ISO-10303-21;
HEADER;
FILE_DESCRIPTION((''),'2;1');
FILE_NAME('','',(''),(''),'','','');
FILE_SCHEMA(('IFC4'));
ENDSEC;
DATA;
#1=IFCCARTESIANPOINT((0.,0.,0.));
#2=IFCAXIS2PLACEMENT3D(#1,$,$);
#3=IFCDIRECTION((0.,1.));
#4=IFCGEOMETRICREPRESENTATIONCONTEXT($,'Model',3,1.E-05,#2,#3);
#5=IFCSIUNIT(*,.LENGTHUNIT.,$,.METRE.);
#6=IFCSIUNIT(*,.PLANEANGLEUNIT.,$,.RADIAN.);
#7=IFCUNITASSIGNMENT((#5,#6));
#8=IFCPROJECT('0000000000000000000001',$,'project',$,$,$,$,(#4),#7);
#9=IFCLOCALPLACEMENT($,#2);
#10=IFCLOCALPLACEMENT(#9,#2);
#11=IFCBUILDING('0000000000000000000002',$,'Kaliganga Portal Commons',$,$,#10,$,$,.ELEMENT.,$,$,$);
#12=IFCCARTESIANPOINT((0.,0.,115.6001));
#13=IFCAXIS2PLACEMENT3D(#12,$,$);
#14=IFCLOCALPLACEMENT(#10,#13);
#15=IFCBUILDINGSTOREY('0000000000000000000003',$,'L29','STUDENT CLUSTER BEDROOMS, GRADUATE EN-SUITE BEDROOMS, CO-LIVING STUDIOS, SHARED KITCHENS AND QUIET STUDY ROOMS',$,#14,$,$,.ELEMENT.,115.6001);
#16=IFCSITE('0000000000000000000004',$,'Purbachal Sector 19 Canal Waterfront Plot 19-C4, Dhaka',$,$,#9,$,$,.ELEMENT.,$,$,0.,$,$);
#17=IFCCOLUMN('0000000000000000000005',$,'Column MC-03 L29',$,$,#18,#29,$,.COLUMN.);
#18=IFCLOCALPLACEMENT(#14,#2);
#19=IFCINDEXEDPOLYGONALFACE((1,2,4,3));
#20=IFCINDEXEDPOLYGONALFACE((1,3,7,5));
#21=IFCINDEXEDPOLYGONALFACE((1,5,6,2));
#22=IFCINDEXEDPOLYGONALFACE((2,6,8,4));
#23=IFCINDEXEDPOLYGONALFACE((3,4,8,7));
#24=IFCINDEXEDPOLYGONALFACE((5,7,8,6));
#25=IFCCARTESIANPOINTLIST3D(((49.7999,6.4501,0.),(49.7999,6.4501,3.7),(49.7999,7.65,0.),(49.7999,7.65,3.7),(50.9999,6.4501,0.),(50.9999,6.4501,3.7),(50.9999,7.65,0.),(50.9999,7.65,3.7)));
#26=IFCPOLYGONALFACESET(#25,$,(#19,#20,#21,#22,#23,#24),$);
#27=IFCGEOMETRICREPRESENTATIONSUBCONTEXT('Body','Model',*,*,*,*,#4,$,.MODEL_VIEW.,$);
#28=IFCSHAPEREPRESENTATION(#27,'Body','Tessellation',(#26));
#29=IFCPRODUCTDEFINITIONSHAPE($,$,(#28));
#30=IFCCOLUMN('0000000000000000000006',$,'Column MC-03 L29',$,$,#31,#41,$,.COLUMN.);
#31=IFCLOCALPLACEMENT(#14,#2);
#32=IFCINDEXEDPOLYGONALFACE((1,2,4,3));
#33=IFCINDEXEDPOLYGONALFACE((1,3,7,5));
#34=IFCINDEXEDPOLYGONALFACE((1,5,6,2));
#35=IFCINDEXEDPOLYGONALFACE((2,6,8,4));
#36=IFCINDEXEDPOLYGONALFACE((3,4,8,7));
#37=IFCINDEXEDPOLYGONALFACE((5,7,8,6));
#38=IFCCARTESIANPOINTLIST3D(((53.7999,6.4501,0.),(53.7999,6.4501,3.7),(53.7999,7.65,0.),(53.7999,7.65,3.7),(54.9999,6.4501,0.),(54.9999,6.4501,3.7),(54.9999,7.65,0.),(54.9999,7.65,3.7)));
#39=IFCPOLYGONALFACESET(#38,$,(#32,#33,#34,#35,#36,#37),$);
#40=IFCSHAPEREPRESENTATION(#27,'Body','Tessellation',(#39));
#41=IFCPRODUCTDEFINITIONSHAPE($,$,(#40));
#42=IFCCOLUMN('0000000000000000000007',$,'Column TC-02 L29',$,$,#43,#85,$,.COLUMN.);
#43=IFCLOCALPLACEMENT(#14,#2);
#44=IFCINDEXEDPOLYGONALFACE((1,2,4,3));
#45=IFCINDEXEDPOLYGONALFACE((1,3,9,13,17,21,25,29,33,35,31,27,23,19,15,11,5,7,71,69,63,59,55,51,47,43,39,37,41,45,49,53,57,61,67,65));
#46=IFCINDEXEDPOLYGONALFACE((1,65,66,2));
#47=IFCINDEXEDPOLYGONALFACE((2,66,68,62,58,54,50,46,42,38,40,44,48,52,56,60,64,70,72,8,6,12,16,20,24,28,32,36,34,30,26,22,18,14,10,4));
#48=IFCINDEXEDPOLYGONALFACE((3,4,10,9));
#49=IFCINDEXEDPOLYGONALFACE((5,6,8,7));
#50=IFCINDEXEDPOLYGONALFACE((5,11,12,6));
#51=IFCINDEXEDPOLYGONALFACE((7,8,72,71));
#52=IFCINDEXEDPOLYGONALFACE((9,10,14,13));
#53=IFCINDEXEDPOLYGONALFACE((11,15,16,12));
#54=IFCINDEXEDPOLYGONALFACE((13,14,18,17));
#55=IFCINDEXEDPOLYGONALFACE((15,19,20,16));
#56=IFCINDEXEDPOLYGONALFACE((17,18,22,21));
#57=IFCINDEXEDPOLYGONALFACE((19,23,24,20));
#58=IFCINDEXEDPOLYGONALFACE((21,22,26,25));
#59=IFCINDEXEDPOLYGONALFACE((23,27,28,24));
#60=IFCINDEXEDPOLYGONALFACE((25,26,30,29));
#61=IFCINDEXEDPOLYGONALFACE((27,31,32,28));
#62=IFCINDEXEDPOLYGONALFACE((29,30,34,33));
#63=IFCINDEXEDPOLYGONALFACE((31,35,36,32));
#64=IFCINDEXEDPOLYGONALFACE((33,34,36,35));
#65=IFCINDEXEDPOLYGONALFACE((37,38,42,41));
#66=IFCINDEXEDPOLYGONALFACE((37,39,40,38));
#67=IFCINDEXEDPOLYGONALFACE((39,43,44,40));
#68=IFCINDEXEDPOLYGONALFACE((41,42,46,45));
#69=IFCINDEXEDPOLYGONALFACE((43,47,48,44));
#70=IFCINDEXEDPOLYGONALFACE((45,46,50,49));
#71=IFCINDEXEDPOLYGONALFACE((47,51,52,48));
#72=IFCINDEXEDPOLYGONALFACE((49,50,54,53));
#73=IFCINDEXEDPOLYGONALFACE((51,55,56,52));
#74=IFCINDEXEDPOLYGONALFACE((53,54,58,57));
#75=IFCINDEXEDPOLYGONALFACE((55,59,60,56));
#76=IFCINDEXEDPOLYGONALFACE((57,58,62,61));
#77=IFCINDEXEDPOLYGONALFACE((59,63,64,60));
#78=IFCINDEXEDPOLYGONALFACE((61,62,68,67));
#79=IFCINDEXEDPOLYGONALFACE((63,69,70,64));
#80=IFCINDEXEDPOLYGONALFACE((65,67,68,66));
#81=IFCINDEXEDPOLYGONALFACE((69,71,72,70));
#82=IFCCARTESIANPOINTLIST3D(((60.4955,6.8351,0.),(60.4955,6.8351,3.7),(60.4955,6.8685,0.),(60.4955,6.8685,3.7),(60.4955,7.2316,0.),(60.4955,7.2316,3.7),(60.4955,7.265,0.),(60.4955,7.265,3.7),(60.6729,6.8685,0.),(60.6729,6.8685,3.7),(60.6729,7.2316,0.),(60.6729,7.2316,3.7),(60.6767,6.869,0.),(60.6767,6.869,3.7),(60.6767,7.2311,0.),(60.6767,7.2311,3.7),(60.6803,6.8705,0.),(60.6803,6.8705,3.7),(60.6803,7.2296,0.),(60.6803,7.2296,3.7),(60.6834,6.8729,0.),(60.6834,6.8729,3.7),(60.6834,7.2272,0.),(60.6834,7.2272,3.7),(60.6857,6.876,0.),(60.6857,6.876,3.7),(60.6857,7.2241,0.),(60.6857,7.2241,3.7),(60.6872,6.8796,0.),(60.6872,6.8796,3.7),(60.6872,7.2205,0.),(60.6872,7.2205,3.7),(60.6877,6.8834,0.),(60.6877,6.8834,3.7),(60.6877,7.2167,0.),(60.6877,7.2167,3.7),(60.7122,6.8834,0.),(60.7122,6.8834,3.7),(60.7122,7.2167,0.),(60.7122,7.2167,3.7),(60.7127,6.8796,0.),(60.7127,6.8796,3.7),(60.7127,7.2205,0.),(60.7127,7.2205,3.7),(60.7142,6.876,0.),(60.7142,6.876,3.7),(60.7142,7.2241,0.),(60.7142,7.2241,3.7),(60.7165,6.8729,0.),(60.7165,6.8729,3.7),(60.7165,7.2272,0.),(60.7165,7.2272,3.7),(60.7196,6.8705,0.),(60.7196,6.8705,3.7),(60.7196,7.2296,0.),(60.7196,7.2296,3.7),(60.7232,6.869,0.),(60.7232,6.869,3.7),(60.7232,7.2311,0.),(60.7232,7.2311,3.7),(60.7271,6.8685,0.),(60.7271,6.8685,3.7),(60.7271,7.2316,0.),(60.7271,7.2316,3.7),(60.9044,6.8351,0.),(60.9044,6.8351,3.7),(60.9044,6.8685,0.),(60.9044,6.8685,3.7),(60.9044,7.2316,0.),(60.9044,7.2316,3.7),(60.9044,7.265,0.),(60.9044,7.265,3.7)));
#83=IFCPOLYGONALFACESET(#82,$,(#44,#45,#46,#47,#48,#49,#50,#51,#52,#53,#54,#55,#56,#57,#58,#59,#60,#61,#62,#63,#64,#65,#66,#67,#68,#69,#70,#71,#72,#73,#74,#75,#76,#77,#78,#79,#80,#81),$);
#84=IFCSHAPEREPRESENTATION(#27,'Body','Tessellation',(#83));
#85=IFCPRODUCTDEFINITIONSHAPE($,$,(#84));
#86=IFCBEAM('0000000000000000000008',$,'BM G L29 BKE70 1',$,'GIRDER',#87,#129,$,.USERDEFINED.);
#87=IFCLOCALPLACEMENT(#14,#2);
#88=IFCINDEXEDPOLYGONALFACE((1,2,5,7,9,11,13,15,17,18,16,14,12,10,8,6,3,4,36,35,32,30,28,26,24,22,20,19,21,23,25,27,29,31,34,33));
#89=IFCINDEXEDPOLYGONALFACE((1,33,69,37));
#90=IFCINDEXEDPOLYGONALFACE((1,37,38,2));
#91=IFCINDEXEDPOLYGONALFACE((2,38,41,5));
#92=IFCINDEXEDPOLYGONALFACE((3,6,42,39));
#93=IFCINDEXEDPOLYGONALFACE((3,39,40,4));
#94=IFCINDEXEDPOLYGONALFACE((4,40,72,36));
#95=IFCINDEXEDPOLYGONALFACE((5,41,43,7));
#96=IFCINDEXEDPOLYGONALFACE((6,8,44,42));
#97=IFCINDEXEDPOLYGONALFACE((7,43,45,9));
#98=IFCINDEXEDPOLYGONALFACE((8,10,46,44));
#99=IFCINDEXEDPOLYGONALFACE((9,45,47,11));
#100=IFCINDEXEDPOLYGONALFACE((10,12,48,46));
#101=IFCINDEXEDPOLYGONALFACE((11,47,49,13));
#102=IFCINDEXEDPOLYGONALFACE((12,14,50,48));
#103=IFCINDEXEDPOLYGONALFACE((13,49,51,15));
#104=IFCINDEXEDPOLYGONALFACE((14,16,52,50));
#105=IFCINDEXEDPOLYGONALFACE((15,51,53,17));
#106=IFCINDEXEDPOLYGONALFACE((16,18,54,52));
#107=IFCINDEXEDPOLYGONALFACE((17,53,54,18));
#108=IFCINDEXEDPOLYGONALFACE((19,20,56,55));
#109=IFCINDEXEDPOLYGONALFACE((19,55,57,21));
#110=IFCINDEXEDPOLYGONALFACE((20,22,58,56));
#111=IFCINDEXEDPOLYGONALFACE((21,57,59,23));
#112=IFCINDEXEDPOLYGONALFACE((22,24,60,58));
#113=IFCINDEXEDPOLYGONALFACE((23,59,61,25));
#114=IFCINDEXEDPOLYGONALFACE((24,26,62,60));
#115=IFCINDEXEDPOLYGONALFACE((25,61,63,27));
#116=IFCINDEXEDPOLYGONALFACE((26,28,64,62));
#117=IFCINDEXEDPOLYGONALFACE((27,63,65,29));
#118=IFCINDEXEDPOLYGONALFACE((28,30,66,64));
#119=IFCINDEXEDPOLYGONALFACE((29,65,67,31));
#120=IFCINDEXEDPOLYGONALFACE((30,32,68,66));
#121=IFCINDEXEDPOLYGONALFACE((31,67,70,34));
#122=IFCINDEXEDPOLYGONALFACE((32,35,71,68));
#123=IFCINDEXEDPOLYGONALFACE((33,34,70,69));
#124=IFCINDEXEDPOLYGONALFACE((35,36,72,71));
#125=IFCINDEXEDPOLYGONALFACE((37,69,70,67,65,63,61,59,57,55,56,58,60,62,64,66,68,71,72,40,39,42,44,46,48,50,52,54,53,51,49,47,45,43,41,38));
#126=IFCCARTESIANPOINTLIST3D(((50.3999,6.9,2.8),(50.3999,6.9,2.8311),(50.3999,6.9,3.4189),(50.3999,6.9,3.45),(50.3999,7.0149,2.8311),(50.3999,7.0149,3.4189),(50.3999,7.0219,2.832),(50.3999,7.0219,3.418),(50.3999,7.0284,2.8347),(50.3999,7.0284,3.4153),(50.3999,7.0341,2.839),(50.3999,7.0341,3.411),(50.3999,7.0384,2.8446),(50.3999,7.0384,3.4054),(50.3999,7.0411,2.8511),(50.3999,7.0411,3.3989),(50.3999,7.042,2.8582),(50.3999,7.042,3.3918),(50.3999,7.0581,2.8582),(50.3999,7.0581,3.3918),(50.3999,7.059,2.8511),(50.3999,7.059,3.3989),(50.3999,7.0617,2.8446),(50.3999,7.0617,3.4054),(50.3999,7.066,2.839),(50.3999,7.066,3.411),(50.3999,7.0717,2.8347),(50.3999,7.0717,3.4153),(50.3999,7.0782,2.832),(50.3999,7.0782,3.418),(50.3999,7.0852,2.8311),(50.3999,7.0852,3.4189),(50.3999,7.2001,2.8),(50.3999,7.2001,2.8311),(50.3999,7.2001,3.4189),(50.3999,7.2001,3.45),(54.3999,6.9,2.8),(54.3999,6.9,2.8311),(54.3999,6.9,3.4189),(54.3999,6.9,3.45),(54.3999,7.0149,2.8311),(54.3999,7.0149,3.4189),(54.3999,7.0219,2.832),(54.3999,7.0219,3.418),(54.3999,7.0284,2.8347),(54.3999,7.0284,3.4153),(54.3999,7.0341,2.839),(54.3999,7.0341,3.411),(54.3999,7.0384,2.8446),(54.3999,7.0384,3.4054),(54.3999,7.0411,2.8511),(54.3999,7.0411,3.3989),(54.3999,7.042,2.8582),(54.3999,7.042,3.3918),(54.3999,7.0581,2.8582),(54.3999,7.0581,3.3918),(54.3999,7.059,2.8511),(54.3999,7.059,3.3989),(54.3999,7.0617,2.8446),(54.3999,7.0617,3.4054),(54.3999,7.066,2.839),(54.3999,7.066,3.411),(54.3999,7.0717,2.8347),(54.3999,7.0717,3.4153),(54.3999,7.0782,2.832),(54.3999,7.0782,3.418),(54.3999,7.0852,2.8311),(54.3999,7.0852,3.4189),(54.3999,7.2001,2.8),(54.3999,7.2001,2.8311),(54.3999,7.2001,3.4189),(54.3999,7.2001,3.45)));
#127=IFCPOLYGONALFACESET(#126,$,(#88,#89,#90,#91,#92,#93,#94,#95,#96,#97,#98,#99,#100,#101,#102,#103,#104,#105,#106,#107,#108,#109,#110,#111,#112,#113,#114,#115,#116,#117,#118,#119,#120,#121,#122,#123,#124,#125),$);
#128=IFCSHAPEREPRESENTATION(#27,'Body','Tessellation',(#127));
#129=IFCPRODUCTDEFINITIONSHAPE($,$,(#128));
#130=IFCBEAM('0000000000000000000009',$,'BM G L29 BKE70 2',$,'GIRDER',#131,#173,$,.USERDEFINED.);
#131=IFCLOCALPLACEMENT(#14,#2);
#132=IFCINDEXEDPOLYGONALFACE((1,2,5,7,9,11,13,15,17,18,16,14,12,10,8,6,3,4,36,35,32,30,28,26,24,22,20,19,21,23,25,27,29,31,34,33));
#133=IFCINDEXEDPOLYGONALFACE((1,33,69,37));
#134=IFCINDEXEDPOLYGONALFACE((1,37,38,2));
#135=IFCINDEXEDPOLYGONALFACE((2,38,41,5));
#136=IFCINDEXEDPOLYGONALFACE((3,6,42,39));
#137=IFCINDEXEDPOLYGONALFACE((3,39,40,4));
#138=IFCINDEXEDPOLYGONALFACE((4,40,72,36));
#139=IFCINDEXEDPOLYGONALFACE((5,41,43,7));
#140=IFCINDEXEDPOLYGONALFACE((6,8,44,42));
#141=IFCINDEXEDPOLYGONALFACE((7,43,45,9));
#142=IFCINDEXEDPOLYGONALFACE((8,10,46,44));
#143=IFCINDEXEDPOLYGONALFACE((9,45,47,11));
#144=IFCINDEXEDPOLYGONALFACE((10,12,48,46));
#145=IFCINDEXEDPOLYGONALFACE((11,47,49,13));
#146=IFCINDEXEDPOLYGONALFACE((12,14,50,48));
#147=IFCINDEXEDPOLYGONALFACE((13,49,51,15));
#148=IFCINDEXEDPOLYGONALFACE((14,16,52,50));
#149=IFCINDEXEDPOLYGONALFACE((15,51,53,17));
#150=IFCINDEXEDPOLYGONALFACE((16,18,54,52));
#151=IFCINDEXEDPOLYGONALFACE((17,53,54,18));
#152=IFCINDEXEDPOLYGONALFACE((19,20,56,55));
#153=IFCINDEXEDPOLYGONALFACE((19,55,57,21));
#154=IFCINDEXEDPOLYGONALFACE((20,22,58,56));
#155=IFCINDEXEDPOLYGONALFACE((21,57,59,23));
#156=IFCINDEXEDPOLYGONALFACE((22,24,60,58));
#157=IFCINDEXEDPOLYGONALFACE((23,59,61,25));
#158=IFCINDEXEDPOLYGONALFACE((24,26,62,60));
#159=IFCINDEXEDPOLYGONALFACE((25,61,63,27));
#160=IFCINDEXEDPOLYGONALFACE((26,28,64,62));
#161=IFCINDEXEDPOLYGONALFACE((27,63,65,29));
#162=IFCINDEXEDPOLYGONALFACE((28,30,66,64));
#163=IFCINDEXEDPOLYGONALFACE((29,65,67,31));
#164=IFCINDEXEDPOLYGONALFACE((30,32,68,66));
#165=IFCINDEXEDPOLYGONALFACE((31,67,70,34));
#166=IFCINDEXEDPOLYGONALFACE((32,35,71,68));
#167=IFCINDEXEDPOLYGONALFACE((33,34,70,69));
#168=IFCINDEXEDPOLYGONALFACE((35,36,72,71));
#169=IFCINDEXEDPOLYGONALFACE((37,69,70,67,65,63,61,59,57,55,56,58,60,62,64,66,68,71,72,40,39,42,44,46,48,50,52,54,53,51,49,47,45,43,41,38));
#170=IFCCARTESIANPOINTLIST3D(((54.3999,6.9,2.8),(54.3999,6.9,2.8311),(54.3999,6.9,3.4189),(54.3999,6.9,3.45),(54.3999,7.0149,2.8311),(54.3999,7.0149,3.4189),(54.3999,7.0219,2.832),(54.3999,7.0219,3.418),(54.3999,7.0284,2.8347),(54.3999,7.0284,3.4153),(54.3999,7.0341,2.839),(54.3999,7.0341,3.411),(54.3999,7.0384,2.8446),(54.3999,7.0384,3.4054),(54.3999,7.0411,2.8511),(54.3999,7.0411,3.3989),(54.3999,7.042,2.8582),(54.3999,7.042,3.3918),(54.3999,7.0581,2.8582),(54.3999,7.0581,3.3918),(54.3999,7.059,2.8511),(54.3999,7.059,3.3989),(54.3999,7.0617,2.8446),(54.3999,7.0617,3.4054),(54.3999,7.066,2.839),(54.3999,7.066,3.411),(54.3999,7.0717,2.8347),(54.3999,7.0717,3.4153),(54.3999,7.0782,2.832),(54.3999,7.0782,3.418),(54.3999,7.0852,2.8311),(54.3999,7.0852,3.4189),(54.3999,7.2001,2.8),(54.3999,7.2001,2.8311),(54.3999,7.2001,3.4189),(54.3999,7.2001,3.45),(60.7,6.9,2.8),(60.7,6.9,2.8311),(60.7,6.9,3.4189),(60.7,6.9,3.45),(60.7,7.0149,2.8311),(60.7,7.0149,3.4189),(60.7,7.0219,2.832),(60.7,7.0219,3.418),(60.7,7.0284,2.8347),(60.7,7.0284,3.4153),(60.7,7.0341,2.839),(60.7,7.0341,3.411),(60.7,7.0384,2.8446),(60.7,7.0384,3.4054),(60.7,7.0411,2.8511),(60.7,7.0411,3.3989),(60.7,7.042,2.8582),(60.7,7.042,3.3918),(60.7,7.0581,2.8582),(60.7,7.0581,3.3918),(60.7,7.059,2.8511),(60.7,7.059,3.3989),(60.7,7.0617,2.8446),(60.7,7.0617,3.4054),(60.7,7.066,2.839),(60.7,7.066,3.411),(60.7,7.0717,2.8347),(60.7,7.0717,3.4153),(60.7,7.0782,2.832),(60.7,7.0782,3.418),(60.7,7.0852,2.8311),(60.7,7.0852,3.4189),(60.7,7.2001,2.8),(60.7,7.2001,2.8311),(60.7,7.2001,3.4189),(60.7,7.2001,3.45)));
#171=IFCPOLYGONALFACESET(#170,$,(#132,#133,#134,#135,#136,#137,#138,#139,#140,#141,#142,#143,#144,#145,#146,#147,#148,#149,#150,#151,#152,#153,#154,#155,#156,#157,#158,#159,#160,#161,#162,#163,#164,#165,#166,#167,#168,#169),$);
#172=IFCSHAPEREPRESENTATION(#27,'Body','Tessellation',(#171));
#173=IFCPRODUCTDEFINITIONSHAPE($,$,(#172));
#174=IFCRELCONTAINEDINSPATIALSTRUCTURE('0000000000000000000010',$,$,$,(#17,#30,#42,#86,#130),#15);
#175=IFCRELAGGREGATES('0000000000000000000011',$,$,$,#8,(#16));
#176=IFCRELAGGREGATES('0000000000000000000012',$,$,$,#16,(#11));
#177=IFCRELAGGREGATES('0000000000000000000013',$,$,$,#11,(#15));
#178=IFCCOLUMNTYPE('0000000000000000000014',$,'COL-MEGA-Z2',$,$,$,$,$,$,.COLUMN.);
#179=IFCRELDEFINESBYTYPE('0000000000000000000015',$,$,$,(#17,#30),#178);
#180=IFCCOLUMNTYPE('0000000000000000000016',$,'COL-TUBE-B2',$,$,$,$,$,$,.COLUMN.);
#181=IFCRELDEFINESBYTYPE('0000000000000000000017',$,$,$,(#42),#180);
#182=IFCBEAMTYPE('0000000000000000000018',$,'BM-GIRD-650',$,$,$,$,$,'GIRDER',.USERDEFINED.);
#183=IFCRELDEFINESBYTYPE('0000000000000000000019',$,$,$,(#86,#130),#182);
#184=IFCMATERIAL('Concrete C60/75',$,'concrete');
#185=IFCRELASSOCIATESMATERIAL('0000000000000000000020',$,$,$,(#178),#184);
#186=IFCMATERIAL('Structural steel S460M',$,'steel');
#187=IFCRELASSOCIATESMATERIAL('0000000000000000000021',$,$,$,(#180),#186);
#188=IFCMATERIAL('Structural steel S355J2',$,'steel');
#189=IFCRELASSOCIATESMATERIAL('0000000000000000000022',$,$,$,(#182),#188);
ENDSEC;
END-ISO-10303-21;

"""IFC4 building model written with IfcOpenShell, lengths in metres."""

from ifc_helpers import new_model, si_unit, direction, frame, origin, origin_2d, place, context, subcontext, project, spatial, rectangle, i_section, extrude, source, transform, mapped, material, material_profile, profile_set, type_object, element, save


model = new_model("IFC4")

# Units and contexts
model_context = context("Model", 3, precision=1e-05, world=origin(), true_north=direction((0.0, 1.0)))
body_context = subcontext(model_context, "Body", "Model", "MODEL_VIEW")
ifc_project = project(units=[si_unit("LENGTHUNIT", "METRE"), si_unit("PLANEANGLEUNIT", "RADIAN")], contexts=[model_context])

# Site, building, storey
site_placement = place(None, origin())
site = spatial("IfcSite", under=ifc_project, at=site_placement, Name="Purbachal Sector 19 Canal Waterfront Plot 19-C4, Dhaka", CompositionType="ELEMENT", RefElevation=0.0)
building_placement = place(site_placement, origin())
building = spatial("IfcBuilding", under=site, at=building_placement, Name="Kaliganga Portal Commons", CompositionType="ELEMENT")
storey_placement = place(building_placement, frame((0.0, 0.0, 115.6001)))
storey = spatial("IfcBuildingStorey", under=building, at=storey_placement, Name="L29", Description="STUDENT CLUSTER BEDROOMS, GRADUATE EN-SUITE BEDROOMS, CO-LIVING STUDIOS, SHARED KITCHENS AND QUIET STUDY ROOMS", CompositionType="ELEMENT", Elevation=115.6001)

# Columns
ifc_material_1 = material(Name="Concrete C60/75", Category="concrete")
ifc_material_profile_1 = material_profile(ifc_material_1, rectangle(XDim=1.2, YDim=1.2, at=origin_2d()), Name="RC 1200x1200")
ifc_profile_set_1 = profile_set([ifc_material_profile_1], Name="Concrete C60/75")
column_type_1 = type_object("IfcColumnType", Name="COL-MEGA-Z2", PredefinedType="COLUMN", material=ifc_profile_set_1)
shared_shape_1 = source(origin(), body_context, "Body", "SweptSolid", [
    extrude(rectangle(XDim=1.2, YDim=1.2, at=origin_2d()), origin(), (0.0, 0.0, 1.0), 3.7),
])
for number, where, z_axis, x_axis, name in (
    (1, (50.3999, 7.05, 0.0), (0.0, 0.0, 1.0), (1.0, 0.0, 0.0), "Column MC-03 L29"),
    (2, (54.3999, 7.05, 0.0), (0.0, 0.0, 1.0), (1.0, 0.0, 0.0), "Column MC-03 L29"),
):
    element("IfcColumn", number, at=place(storey_placement, frame(where, z_axis=z_axis, x_axis=x_axis)), inside=storey, type_object=column_type_1, Name=name, PredefinedType="COLUMN", context=body_context, shape_type="MappedRepresentation", body=[
        mapped(shared_shape_1, transform((0.0, 0.0, 0.0), x_axis=(1.0, 0.0, 0.0), y_axis=(0.0, 1.0, 0.0), z_axis=(0.0, 0.0, 1.0), scale=1.0)),
    ])
ifc_material_2 = material(Name="Structural steel S460M", Category="steel")
ifc_material_profile_2 = material_profile(ifc_material_2, i_section(OverallWidth=0.4089, OverallDepth=0.4299, WebThickness=0.0244, FlangeThickness=0.0334, FilletRadius=0.0149, at=origin_2d()), Name="HD 400x421")
ifc_profile_set_2 = profile_set([ifc_material_profile_2], Name="Structural steel S460M wide-flange")
column_type_2 = type_object("IfcColumnType", Name="COL-TUBE-B2", PredefinedType="COLUMN", material=ifc_profile_set_2)
shared_shape_2 = source(origin(), body_context, "Body", "SweptSolid", [
    extrude(i_section(OverallWidth=0.4089, OverallDepth=0.4299, WebThickness=0.0244, FlangeThickness=0.0334, FilletRadius=0.0149, at=origin_2d()), origin(), (0.0, 0.0, 1.0), 3.7),
])
column_placement = place(storey_placement, frame((60.7, 7.05, 0.0), z_axis=(0.0, 0.0, 1.0), x_axis=(1.0, 0.0, 0.0)))
element("IfcColumn", 3, at=column_placement, inside=storey, type_object=column_type_2, Name="Column TC-02 L29", PredefinedType="COLUMN", context=body_context, shape_type="MappedRepresentation", body=[
    mapped(shared_shape_2, transform((0.0, 0.0, 0.0), x_axis=(1.0, 0.0, 0.0), y_axis=(0.0, 1.0, 0.0), z_axis=(0.0, 0.0, 1.0), scale=1.0)),
])

# Beams
ifc_material_3 = material(Name="Structural steel S355J2", Category="steel")
ifc_material_profile_3 = material_profile(ifc_material_3, i_section(OverallWidth=0.3, OverallDepth=0.6499, WebThickness=0.0161, FlangeThickness=0.031, FilletRadius=0.0271, at=origin_2d()), Name="HE 650 B")
ifc_profile_set_3 = profile_set([ifc_material_profile_3], Name="Structural steel S355J2 wide-flange")
beam_type_1 = type_object("IfcBeamType", Name="BM-GIRD-650", ElementType="GIRDER", PredefinedType="USERDEFINED", material=ifc_profile_set_3)
shared_shape_3 = source(origin(), body_context, "Body", "SweptSolid", [
    extrude(i_section(OverallWidth=0.3, OverallDepth=0.6499, WebThickness=0.0161, FlangeThickness=0.031, FilletRadius=0.0271, at=origin_2d()), origin(), (0.0, 0.0, 1.0), 4.0),
])
beam_1_placement = place(storey_placement, frame((50.3999, 7.05, 3.125), z_axis=(1.0, 0.0, 0.0), x_axis=(0.0, 1.0, 0.0)))
element("IfcBeam", 4, at=beam_1_placement, inside=storey, type_object=beam_type_1, Name="BM G L29 BKE70 1", ObjectType="GIRDER", PredefinedType="USERDEFINED", context=body_context, shape_type="MappedRepresentation", body=[
    mapped(shared_shape_3, transform((0.0, 0.0, 0.0), x_axis=(1.0, 0.0, 0.0), y_axis=(0.0, 1.0, 0.0), z_axis=(0.0, 0.0, 1.0), scale=1.0)),
])
shared_shape_4 = source(origin(), body_context, "Body", "SweptSolid", [
    extrude(i_section(OverallWidth=0.3, OverallDepth=0.6499, WebThickness=0.0161, FlangeThickness=0.031, FilletRadius=0.0271, at=origin_2d()), origin(), (0.0, 0.0, 1.0), 6.3),
])
beam_2_placement = place(storey_placement, frame((54.3999, 7.05, 3.125), z_axis=(1.0, 0.0, 0.0), x_axis=(0.0, 1.0, 0.0)))
element("IfcBeam", 5, at=beam_2_placement, inside=storey, type_object=beam_type_1, Name="BM G L29 BKE70 2", ObjectType="GIRDER", PredefinedType="USERDEFINED", context=body_context, shape_type="MappedRepresentation", body=[
    mapped(shared_shape_4, transform((0.0, 0.0, 0.0), x_axis=(1.0, 0.0, 0.0), y_axis=(0.0, 1.0, 0.0), z_axis=(0.0, 0.0, 1.0), scale=1.0)),
])

save(model, "model.ifc")
